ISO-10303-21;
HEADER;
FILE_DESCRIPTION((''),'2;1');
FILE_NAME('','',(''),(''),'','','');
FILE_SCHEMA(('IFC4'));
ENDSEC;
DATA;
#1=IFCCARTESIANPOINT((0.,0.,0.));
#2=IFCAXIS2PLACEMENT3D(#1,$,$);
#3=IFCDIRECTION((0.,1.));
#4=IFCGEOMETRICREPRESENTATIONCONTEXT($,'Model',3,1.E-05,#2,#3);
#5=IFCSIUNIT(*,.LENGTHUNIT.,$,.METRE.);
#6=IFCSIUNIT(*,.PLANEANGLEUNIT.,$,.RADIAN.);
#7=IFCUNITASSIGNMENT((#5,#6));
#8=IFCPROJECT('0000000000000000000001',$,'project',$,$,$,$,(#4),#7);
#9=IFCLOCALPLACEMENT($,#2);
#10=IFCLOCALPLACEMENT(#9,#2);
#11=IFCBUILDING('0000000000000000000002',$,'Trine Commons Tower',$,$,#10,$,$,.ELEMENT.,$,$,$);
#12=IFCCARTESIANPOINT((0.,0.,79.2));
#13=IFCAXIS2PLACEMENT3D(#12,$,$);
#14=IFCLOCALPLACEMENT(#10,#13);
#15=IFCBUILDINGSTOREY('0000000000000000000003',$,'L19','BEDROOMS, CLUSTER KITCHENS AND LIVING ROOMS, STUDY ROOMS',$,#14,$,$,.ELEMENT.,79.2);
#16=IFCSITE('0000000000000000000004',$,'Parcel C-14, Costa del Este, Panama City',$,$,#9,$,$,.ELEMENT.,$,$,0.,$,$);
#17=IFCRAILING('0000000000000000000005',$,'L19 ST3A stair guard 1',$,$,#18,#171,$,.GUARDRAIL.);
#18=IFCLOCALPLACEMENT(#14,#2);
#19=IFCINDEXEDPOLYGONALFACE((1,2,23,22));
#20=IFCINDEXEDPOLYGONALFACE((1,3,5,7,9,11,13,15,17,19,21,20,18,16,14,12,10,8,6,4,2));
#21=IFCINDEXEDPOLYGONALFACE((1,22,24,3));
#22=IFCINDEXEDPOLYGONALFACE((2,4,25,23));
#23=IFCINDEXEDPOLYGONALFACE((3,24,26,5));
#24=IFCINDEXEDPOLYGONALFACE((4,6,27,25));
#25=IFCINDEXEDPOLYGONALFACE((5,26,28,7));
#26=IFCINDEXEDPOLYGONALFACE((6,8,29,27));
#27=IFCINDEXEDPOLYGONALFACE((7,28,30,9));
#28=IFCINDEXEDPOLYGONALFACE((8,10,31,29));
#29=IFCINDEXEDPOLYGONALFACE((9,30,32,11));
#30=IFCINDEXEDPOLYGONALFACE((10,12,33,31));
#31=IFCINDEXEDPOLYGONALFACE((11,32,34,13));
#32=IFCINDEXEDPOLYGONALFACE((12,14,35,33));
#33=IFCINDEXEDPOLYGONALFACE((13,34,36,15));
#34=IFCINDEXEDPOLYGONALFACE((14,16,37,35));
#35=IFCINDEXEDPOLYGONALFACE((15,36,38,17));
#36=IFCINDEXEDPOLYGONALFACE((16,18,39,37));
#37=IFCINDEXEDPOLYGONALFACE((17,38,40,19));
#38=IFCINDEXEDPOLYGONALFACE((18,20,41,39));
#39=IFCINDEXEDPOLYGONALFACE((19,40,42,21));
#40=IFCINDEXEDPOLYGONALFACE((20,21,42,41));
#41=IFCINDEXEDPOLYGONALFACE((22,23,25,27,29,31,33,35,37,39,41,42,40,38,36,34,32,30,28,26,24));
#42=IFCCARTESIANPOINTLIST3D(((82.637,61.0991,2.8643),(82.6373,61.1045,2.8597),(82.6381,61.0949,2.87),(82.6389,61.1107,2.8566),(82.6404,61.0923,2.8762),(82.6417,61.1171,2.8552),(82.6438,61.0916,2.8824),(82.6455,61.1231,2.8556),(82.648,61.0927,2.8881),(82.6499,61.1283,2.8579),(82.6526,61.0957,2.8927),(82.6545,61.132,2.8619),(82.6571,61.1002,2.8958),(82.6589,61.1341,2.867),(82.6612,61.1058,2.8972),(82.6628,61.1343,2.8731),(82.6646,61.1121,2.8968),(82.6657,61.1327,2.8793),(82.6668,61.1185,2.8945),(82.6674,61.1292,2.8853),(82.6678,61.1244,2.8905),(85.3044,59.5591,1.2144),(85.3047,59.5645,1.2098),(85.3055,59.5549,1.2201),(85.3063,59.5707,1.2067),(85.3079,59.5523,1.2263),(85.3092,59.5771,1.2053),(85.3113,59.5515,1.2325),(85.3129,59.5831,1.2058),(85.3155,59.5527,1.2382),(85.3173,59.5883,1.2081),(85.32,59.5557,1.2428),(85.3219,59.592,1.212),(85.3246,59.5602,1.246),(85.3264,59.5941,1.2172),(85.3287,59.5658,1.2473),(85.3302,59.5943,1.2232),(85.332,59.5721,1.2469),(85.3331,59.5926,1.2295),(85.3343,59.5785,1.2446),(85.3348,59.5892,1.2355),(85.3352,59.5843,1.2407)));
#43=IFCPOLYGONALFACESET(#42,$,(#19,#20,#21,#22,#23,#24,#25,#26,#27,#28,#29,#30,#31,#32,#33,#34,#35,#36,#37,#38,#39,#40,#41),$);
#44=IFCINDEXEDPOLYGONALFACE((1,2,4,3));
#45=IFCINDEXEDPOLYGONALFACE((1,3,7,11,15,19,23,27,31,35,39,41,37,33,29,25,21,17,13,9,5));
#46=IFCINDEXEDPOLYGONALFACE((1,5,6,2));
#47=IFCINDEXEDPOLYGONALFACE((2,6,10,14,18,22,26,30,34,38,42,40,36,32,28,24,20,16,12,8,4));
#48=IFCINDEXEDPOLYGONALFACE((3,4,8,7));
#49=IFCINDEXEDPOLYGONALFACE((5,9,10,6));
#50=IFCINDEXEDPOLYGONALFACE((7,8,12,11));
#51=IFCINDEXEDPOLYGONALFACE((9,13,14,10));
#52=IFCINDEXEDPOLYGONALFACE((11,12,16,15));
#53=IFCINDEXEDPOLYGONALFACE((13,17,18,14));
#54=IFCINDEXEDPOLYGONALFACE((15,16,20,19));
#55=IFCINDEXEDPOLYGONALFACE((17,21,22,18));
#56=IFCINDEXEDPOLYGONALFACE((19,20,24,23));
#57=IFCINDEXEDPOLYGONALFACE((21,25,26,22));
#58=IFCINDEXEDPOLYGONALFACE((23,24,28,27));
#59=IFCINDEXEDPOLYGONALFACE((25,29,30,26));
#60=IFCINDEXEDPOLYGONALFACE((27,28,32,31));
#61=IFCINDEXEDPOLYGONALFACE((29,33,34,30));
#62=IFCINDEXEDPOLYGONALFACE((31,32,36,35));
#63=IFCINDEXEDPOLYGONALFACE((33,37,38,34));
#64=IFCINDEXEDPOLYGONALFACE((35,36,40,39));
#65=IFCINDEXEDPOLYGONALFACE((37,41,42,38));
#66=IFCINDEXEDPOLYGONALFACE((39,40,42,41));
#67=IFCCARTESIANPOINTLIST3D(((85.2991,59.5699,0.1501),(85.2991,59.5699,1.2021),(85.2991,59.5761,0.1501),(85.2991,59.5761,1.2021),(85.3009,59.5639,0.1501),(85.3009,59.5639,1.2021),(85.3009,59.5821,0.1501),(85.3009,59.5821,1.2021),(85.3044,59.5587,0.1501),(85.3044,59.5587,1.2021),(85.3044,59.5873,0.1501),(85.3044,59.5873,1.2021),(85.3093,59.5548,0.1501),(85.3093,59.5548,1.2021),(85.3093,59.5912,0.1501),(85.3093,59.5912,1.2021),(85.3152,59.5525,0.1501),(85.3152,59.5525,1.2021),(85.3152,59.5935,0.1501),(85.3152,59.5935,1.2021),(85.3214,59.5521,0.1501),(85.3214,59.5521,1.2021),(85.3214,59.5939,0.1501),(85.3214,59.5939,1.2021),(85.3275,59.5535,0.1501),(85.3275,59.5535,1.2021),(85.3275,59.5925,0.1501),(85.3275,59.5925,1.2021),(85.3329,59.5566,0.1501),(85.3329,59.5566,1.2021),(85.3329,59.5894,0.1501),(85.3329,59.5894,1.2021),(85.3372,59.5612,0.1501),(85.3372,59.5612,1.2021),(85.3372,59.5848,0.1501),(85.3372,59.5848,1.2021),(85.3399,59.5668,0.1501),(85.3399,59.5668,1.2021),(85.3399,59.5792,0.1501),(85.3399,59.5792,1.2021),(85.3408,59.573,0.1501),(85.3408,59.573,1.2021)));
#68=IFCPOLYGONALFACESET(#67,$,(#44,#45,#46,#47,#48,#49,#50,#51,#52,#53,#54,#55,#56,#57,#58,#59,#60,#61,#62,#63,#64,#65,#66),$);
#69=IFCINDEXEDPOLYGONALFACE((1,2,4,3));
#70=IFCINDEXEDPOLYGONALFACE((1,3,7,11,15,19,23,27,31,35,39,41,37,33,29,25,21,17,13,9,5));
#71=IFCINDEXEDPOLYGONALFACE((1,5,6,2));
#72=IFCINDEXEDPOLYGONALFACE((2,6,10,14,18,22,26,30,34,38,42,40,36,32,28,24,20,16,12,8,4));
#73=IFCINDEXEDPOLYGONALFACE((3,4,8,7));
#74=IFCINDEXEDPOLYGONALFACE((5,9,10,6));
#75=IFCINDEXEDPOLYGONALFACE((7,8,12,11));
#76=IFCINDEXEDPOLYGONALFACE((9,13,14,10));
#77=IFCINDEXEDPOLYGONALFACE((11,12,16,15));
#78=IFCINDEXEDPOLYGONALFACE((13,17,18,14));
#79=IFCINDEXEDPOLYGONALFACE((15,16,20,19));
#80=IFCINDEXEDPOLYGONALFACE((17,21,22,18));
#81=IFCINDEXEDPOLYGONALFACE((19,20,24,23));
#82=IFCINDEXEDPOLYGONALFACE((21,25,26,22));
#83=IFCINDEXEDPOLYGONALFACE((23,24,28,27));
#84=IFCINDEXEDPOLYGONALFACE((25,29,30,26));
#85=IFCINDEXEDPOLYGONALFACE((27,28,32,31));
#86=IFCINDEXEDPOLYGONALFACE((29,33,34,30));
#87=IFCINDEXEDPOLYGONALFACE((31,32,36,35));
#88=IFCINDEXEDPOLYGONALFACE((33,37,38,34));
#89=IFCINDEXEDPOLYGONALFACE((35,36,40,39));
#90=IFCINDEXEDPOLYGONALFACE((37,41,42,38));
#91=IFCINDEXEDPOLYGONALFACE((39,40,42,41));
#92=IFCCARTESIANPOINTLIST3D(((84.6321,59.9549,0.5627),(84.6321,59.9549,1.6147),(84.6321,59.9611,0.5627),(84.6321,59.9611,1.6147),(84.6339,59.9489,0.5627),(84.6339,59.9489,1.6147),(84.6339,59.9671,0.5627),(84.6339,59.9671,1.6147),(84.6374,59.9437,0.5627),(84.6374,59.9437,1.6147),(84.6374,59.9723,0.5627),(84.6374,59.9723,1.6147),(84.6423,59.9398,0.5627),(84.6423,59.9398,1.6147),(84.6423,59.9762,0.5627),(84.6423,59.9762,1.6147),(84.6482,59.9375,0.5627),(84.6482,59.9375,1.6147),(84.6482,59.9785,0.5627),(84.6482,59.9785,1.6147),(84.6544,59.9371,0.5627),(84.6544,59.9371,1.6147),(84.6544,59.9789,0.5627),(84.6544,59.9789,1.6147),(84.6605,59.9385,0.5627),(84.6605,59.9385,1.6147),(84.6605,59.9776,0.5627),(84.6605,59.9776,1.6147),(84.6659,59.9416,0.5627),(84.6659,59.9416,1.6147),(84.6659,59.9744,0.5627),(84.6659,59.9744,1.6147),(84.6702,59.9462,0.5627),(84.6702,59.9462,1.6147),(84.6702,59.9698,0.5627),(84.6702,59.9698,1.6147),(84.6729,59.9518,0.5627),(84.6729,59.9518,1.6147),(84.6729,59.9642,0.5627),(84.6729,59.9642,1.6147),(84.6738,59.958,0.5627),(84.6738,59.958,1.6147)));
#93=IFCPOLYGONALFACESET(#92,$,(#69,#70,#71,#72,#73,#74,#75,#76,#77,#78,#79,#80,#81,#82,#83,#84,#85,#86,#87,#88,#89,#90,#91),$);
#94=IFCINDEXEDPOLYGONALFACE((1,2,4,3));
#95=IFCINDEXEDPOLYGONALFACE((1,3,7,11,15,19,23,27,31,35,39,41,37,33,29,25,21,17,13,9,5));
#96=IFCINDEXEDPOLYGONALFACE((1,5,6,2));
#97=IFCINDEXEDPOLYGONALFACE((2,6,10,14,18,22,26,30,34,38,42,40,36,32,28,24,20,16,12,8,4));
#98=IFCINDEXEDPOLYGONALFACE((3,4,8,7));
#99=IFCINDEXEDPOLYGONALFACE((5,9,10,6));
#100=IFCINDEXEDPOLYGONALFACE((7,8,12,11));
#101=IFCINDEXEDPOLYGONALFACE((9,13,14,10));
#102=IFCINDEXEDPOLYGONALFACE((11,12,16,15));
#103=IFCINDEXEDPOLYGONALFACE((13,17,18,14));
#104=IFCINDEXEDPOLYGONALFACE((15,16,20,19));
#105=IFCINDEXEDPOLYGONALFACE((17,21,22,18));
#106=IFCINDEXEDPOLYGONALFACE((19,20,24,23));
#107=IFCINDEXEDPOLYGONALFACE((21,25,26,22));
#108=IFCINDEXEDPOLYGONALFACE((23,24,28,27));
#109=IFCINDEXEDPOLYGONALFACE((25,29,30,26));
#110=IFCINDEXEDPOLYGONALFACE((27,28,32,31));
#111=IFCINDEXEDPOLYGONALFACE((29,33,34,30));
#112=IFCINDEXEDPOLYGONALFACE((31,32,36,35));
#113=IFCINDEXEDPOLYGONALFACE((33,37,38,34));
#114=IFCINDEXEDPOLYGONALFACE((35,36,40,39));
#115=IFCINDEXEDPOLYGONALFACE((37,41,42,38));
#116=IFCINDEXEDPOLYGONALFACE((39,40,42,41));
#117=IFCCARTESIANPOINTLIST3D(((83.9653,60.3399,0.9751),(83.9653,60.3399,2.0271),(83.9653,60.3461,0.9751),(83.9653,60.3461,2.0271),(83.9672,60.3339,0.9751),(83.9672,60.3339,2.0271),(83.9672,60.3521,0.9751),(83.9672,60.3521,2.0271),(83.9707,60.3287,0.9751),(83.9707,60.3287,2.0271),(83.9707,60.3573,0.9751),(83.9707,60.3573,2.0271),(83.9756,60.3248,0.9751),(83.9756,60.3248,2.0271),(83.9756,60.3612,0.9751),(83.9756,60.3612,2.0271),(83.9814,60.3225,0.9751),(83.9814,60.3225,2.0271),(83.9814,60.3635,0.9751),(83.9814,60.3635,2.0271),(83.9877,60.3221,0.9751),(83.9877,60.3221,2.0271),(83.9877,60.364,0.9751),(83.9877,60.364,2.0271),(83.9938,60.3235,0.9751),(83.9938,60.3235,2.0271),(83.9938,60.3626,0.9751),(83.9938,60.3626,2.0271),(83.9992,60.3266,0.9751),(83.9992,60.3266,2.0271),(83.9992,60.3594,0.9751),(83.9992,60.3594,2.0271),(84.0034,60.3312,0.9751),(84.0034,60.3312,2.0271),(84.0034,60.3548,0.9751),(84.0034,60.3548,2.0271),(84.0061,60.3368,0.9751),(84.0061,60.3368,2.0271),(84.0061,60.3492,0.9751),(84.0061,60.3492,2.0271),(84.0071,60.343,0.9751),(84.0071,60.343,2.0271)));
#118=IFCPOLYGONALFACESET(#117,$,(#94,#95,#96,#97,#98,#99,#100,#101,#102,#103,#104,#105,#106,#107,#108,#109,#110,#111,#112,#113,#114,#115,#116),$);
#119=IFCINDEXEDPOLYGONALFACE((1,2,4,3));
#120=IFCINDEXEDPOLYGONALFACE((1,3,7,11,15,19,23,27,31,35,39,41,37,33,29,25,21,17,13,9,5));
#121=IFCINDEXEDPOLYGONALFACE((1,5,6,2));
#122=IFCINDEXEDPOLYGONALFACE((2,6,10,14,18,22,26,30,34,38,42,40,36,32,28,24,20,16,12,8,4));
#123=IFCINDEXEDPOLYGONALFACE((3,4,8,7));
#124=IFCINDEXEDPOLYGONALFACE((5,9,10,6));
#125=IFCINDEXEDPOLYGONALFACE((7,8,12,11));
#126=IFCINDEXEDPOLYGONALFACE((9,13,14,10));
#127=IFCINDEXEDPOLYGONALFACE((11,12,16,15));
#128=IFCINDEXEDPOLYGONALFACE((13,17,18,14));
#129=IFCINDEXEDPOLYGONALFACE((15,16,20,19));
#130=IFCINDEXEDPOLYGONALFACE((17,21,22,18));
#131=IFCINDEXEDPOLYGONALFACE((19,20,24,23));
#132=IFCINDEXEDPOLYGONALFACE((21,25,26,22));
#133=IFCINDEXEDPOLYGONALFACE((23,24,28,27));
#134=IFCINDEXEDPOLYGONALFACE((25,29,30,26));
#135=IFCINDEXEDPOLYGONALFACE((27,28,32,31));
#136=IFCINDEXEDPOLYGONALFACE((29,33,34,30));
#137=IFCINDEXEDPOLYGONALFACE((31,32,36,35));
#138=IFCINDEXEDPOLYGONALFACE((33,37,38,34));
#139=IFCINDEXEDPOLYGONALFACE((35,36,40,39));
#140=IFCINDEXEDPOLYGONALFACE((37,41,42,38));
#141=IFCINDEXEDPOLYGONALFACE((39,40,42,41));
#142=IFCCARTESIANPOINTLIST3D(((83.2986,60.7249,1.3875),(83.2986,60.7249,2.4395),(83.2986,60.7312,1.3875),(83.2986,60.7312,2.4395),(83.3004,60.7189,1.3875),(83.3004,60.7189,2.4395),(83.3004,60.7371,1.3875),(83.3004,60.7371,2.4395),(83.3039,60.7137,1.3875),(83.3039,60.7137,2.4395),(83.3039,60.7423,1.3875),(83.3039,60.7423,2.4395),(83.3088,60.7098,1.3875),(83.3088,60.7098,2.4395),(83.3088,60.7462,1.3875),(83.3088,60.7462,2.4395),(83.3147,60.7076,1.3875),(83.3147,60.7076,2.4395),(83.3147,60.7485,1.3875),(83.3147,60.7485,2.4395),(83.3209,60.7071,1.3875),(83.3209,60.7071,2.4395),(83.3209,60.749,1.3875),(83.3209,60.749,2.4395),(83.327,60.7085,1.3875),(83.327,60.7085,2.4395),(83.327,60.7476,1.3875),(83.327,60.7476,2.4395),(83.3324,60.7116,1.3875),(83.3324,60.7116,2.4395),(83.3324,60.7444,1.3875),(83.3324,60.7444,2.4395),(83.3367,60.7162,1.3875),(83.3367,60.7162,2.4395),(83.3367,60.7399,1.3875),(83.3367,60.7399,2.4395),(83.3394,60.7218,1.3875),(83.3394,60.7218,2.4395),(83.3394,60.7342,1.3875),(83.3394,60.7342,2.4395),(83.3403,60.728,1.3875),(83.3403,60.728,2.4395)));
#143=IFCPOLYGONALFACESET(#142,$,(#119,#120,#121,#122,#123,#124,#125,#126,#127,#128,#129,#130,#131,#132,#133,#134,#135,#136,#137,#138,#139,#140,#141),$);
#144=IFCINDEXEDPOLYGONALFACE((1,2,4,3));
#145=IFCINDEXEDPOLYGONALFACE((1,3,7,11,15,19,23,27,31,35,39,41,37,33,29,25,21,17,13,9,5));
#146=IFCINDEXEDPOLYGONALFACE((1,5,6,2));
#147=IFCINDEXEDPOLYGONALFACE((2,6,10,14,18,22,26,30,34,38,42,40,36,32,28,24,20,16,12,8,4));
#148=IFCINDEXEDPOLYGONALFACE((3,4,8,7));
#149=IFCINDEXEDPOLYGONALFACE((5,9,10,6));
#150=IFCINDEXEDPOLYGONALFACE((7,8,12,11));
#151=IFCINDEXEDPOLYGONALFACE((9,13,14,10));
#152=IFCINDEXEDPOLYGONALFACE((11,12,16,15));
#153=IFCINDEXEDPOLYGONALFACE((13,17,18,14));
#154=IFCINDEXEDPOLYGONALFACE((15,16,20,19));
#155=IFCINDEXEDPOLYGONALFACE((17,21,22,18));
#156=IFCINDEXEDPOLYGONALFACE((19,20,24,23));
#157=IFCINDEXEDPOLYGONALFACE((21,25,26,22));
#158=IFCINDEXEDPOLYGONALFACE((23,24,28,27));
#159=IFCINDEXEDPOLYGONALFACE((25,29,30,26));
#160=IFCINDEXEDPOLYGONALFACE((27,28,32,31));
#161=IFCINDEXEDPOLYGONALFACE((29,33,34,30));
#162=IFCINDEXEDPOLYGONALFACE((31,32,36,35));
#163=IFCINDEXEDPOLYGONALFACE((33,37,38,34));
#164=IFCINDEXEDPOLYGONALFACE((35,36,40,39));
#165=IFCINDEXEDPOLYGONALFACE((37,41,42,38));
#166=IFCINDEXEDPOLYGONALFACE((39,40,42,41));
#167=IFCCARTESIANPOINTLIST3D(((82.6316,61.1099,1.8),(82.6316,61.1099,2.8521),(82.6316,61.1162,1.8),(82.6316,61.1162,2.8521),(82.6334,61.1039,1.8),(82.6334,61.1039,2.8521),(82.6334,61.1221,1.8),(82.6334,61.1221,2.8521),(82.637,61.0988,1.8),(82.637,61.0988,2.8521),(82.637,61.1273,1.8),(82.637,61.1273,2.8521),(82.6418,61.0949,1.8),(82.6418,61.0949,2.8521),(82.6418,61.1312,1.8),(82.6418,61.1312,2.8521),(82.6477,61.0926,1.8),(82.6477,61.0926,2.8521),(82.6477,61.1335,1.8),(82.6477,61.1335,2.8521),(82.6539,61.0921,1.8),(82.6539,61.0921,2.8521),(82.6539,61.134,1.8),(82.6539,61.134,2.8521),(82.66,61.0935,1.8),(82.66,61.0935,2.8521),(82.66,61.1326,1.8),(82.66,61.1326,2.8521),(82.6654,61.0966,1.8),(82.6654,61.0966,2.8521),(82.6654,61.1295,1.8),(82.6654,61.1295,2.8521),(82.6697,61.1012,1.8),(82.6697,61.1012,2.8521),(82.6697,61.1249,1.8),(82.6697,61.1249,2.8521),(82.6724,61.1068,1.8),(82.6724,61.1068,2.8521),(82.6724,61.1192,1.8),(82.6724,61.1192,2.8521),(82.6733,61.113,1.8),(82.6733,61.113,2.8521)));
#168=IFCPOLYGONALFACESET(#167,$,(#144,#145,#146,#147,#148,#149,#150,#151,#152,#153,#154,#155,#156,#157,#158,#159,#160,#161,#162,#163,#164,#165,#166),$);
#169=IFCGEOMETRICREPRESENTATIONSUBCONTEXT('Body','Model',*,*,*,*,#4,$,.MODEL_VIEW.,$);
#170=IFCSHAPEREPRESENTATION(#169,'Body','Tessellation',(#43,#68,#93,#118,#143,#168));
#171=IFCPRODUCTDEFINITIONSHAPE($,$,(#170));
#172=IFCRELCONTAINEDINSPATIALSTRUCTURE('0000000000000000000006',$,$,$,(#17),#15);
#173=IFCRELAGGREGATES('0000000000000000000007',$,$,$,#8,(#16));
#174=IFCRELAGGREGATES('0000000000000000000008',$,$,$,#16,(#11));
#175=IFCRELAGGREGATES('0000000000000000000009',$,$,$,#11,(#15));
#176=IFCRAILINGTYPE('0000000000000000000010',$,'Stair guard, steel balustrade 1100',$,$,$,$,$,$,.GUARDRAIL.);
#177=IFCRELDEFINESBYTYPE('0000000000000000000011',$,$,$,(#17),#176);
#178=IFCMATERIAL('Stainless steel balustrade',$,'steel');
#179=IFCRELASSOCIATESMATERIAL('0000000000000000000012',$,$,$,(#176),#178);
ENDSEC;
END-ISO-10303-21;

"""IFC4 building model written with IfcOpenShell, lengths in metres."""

from ifc_helpers import new_model, si_unit, direction, frame, origin, origin_2d, place, context, subcontext, project, spatial, circle, extrude, material, type_object, element, save


model = new_model("IFC4")

# Units and contexts
model_context = context("Model", 3, precision=1e-05, world=origin(), true_north=direction((0.0, 1.0)))
body_context = subcontext(model_context, "Body", "Model", "MODEL_VIEW")
ifc_project = project(units=[si_unit("LENGTHUNIT", "METRE"), si_unit("PLANEANGLEUNIT", "RADIAN")], contexts=[model_context])

# Site, building, storey
site_placement = place(None, origin())
site = spatial("IfcSite", under=ifc_project, at=site_placement, Name="Parcel C-14, Costa del Este, Panama City", CompositionType="ELEMENT", RefElevation=0.0)
building_placement = place(site_placement, origin())
building = spatial("IfcBuilding", under=site, at=building_placement, Name="Trine Commons Tower", CompositionType="ELEMENT")
storey_placement = place(building_placement, frame((0.0, 0.0, 79.2)))
storey = spatial("IfcBuildingStorey", under=building, at=storey_placement, Name="L19", Description="BEDROOMS, CLUSTER KITCHENS AND LIVING ROOMS, STUDY ROOMS", CompositionType="ELEMENT", Elevation=79.2)

# Railing
ifc_material_1 = material(Name="Stainless steel balustrade", Category="steel")
railing_type_1 = type_object("IfcRailingType", Name="Stair guard, steel balustrade 1100", PredefinedType="GUARDRAIL", material=ifc_material_1)
railing_1_placement = place(storey_placement, frame((85.3198, 59.573, 0.1501)))
element("IfcRailing", 1, at=railing_1_placement, inside=storey, type_object=railing_type_1, Name="L19 ST3A stair guard 1", PredefinedType="GUARDRAIL", context=body_context, shape_type="SweptSolid", body=[
    extrude(circle(Radius=0.0239, at=origin_2d()), frame((0.0, 0.0, 1.0762), z_axis=(-0.763405, 0.440743, 0.472185), x_axis=(-0.499992, -0.86603, 0.0)), (0.0, 0.0, 1.0), 3.4941),
    extrude(circle(Radius=0.021, at=origin_2d()), origin(), (0.0, 0.0, 1.0), 1.052),
    extrude(circle(Radius=0.021, at=origin_2d()), frame((-0.667, 0.385, 0.4126)), (0.0, 0.0, 1.0), 1.052),
    extrude(circle(Radius=0.021, at=origin_2d()), frame((-1.3337, 0.77, 0.825)), (0.0, 0.0, 1.0), 1.052),
    extrude(circle(Radius=0.021, at=origin_2d()), frame((-2.0005, 1.155, 1.2373)), (0.0, 0.0, 1.0), 1.052),
    extrude(circle(Radius=0.021, at=origin_2d()), frame((-2.6675, 1.54, 1.6499)), (0.0, 0.0, 1.0), 1.052),
])

save(model, "model.ifc")
